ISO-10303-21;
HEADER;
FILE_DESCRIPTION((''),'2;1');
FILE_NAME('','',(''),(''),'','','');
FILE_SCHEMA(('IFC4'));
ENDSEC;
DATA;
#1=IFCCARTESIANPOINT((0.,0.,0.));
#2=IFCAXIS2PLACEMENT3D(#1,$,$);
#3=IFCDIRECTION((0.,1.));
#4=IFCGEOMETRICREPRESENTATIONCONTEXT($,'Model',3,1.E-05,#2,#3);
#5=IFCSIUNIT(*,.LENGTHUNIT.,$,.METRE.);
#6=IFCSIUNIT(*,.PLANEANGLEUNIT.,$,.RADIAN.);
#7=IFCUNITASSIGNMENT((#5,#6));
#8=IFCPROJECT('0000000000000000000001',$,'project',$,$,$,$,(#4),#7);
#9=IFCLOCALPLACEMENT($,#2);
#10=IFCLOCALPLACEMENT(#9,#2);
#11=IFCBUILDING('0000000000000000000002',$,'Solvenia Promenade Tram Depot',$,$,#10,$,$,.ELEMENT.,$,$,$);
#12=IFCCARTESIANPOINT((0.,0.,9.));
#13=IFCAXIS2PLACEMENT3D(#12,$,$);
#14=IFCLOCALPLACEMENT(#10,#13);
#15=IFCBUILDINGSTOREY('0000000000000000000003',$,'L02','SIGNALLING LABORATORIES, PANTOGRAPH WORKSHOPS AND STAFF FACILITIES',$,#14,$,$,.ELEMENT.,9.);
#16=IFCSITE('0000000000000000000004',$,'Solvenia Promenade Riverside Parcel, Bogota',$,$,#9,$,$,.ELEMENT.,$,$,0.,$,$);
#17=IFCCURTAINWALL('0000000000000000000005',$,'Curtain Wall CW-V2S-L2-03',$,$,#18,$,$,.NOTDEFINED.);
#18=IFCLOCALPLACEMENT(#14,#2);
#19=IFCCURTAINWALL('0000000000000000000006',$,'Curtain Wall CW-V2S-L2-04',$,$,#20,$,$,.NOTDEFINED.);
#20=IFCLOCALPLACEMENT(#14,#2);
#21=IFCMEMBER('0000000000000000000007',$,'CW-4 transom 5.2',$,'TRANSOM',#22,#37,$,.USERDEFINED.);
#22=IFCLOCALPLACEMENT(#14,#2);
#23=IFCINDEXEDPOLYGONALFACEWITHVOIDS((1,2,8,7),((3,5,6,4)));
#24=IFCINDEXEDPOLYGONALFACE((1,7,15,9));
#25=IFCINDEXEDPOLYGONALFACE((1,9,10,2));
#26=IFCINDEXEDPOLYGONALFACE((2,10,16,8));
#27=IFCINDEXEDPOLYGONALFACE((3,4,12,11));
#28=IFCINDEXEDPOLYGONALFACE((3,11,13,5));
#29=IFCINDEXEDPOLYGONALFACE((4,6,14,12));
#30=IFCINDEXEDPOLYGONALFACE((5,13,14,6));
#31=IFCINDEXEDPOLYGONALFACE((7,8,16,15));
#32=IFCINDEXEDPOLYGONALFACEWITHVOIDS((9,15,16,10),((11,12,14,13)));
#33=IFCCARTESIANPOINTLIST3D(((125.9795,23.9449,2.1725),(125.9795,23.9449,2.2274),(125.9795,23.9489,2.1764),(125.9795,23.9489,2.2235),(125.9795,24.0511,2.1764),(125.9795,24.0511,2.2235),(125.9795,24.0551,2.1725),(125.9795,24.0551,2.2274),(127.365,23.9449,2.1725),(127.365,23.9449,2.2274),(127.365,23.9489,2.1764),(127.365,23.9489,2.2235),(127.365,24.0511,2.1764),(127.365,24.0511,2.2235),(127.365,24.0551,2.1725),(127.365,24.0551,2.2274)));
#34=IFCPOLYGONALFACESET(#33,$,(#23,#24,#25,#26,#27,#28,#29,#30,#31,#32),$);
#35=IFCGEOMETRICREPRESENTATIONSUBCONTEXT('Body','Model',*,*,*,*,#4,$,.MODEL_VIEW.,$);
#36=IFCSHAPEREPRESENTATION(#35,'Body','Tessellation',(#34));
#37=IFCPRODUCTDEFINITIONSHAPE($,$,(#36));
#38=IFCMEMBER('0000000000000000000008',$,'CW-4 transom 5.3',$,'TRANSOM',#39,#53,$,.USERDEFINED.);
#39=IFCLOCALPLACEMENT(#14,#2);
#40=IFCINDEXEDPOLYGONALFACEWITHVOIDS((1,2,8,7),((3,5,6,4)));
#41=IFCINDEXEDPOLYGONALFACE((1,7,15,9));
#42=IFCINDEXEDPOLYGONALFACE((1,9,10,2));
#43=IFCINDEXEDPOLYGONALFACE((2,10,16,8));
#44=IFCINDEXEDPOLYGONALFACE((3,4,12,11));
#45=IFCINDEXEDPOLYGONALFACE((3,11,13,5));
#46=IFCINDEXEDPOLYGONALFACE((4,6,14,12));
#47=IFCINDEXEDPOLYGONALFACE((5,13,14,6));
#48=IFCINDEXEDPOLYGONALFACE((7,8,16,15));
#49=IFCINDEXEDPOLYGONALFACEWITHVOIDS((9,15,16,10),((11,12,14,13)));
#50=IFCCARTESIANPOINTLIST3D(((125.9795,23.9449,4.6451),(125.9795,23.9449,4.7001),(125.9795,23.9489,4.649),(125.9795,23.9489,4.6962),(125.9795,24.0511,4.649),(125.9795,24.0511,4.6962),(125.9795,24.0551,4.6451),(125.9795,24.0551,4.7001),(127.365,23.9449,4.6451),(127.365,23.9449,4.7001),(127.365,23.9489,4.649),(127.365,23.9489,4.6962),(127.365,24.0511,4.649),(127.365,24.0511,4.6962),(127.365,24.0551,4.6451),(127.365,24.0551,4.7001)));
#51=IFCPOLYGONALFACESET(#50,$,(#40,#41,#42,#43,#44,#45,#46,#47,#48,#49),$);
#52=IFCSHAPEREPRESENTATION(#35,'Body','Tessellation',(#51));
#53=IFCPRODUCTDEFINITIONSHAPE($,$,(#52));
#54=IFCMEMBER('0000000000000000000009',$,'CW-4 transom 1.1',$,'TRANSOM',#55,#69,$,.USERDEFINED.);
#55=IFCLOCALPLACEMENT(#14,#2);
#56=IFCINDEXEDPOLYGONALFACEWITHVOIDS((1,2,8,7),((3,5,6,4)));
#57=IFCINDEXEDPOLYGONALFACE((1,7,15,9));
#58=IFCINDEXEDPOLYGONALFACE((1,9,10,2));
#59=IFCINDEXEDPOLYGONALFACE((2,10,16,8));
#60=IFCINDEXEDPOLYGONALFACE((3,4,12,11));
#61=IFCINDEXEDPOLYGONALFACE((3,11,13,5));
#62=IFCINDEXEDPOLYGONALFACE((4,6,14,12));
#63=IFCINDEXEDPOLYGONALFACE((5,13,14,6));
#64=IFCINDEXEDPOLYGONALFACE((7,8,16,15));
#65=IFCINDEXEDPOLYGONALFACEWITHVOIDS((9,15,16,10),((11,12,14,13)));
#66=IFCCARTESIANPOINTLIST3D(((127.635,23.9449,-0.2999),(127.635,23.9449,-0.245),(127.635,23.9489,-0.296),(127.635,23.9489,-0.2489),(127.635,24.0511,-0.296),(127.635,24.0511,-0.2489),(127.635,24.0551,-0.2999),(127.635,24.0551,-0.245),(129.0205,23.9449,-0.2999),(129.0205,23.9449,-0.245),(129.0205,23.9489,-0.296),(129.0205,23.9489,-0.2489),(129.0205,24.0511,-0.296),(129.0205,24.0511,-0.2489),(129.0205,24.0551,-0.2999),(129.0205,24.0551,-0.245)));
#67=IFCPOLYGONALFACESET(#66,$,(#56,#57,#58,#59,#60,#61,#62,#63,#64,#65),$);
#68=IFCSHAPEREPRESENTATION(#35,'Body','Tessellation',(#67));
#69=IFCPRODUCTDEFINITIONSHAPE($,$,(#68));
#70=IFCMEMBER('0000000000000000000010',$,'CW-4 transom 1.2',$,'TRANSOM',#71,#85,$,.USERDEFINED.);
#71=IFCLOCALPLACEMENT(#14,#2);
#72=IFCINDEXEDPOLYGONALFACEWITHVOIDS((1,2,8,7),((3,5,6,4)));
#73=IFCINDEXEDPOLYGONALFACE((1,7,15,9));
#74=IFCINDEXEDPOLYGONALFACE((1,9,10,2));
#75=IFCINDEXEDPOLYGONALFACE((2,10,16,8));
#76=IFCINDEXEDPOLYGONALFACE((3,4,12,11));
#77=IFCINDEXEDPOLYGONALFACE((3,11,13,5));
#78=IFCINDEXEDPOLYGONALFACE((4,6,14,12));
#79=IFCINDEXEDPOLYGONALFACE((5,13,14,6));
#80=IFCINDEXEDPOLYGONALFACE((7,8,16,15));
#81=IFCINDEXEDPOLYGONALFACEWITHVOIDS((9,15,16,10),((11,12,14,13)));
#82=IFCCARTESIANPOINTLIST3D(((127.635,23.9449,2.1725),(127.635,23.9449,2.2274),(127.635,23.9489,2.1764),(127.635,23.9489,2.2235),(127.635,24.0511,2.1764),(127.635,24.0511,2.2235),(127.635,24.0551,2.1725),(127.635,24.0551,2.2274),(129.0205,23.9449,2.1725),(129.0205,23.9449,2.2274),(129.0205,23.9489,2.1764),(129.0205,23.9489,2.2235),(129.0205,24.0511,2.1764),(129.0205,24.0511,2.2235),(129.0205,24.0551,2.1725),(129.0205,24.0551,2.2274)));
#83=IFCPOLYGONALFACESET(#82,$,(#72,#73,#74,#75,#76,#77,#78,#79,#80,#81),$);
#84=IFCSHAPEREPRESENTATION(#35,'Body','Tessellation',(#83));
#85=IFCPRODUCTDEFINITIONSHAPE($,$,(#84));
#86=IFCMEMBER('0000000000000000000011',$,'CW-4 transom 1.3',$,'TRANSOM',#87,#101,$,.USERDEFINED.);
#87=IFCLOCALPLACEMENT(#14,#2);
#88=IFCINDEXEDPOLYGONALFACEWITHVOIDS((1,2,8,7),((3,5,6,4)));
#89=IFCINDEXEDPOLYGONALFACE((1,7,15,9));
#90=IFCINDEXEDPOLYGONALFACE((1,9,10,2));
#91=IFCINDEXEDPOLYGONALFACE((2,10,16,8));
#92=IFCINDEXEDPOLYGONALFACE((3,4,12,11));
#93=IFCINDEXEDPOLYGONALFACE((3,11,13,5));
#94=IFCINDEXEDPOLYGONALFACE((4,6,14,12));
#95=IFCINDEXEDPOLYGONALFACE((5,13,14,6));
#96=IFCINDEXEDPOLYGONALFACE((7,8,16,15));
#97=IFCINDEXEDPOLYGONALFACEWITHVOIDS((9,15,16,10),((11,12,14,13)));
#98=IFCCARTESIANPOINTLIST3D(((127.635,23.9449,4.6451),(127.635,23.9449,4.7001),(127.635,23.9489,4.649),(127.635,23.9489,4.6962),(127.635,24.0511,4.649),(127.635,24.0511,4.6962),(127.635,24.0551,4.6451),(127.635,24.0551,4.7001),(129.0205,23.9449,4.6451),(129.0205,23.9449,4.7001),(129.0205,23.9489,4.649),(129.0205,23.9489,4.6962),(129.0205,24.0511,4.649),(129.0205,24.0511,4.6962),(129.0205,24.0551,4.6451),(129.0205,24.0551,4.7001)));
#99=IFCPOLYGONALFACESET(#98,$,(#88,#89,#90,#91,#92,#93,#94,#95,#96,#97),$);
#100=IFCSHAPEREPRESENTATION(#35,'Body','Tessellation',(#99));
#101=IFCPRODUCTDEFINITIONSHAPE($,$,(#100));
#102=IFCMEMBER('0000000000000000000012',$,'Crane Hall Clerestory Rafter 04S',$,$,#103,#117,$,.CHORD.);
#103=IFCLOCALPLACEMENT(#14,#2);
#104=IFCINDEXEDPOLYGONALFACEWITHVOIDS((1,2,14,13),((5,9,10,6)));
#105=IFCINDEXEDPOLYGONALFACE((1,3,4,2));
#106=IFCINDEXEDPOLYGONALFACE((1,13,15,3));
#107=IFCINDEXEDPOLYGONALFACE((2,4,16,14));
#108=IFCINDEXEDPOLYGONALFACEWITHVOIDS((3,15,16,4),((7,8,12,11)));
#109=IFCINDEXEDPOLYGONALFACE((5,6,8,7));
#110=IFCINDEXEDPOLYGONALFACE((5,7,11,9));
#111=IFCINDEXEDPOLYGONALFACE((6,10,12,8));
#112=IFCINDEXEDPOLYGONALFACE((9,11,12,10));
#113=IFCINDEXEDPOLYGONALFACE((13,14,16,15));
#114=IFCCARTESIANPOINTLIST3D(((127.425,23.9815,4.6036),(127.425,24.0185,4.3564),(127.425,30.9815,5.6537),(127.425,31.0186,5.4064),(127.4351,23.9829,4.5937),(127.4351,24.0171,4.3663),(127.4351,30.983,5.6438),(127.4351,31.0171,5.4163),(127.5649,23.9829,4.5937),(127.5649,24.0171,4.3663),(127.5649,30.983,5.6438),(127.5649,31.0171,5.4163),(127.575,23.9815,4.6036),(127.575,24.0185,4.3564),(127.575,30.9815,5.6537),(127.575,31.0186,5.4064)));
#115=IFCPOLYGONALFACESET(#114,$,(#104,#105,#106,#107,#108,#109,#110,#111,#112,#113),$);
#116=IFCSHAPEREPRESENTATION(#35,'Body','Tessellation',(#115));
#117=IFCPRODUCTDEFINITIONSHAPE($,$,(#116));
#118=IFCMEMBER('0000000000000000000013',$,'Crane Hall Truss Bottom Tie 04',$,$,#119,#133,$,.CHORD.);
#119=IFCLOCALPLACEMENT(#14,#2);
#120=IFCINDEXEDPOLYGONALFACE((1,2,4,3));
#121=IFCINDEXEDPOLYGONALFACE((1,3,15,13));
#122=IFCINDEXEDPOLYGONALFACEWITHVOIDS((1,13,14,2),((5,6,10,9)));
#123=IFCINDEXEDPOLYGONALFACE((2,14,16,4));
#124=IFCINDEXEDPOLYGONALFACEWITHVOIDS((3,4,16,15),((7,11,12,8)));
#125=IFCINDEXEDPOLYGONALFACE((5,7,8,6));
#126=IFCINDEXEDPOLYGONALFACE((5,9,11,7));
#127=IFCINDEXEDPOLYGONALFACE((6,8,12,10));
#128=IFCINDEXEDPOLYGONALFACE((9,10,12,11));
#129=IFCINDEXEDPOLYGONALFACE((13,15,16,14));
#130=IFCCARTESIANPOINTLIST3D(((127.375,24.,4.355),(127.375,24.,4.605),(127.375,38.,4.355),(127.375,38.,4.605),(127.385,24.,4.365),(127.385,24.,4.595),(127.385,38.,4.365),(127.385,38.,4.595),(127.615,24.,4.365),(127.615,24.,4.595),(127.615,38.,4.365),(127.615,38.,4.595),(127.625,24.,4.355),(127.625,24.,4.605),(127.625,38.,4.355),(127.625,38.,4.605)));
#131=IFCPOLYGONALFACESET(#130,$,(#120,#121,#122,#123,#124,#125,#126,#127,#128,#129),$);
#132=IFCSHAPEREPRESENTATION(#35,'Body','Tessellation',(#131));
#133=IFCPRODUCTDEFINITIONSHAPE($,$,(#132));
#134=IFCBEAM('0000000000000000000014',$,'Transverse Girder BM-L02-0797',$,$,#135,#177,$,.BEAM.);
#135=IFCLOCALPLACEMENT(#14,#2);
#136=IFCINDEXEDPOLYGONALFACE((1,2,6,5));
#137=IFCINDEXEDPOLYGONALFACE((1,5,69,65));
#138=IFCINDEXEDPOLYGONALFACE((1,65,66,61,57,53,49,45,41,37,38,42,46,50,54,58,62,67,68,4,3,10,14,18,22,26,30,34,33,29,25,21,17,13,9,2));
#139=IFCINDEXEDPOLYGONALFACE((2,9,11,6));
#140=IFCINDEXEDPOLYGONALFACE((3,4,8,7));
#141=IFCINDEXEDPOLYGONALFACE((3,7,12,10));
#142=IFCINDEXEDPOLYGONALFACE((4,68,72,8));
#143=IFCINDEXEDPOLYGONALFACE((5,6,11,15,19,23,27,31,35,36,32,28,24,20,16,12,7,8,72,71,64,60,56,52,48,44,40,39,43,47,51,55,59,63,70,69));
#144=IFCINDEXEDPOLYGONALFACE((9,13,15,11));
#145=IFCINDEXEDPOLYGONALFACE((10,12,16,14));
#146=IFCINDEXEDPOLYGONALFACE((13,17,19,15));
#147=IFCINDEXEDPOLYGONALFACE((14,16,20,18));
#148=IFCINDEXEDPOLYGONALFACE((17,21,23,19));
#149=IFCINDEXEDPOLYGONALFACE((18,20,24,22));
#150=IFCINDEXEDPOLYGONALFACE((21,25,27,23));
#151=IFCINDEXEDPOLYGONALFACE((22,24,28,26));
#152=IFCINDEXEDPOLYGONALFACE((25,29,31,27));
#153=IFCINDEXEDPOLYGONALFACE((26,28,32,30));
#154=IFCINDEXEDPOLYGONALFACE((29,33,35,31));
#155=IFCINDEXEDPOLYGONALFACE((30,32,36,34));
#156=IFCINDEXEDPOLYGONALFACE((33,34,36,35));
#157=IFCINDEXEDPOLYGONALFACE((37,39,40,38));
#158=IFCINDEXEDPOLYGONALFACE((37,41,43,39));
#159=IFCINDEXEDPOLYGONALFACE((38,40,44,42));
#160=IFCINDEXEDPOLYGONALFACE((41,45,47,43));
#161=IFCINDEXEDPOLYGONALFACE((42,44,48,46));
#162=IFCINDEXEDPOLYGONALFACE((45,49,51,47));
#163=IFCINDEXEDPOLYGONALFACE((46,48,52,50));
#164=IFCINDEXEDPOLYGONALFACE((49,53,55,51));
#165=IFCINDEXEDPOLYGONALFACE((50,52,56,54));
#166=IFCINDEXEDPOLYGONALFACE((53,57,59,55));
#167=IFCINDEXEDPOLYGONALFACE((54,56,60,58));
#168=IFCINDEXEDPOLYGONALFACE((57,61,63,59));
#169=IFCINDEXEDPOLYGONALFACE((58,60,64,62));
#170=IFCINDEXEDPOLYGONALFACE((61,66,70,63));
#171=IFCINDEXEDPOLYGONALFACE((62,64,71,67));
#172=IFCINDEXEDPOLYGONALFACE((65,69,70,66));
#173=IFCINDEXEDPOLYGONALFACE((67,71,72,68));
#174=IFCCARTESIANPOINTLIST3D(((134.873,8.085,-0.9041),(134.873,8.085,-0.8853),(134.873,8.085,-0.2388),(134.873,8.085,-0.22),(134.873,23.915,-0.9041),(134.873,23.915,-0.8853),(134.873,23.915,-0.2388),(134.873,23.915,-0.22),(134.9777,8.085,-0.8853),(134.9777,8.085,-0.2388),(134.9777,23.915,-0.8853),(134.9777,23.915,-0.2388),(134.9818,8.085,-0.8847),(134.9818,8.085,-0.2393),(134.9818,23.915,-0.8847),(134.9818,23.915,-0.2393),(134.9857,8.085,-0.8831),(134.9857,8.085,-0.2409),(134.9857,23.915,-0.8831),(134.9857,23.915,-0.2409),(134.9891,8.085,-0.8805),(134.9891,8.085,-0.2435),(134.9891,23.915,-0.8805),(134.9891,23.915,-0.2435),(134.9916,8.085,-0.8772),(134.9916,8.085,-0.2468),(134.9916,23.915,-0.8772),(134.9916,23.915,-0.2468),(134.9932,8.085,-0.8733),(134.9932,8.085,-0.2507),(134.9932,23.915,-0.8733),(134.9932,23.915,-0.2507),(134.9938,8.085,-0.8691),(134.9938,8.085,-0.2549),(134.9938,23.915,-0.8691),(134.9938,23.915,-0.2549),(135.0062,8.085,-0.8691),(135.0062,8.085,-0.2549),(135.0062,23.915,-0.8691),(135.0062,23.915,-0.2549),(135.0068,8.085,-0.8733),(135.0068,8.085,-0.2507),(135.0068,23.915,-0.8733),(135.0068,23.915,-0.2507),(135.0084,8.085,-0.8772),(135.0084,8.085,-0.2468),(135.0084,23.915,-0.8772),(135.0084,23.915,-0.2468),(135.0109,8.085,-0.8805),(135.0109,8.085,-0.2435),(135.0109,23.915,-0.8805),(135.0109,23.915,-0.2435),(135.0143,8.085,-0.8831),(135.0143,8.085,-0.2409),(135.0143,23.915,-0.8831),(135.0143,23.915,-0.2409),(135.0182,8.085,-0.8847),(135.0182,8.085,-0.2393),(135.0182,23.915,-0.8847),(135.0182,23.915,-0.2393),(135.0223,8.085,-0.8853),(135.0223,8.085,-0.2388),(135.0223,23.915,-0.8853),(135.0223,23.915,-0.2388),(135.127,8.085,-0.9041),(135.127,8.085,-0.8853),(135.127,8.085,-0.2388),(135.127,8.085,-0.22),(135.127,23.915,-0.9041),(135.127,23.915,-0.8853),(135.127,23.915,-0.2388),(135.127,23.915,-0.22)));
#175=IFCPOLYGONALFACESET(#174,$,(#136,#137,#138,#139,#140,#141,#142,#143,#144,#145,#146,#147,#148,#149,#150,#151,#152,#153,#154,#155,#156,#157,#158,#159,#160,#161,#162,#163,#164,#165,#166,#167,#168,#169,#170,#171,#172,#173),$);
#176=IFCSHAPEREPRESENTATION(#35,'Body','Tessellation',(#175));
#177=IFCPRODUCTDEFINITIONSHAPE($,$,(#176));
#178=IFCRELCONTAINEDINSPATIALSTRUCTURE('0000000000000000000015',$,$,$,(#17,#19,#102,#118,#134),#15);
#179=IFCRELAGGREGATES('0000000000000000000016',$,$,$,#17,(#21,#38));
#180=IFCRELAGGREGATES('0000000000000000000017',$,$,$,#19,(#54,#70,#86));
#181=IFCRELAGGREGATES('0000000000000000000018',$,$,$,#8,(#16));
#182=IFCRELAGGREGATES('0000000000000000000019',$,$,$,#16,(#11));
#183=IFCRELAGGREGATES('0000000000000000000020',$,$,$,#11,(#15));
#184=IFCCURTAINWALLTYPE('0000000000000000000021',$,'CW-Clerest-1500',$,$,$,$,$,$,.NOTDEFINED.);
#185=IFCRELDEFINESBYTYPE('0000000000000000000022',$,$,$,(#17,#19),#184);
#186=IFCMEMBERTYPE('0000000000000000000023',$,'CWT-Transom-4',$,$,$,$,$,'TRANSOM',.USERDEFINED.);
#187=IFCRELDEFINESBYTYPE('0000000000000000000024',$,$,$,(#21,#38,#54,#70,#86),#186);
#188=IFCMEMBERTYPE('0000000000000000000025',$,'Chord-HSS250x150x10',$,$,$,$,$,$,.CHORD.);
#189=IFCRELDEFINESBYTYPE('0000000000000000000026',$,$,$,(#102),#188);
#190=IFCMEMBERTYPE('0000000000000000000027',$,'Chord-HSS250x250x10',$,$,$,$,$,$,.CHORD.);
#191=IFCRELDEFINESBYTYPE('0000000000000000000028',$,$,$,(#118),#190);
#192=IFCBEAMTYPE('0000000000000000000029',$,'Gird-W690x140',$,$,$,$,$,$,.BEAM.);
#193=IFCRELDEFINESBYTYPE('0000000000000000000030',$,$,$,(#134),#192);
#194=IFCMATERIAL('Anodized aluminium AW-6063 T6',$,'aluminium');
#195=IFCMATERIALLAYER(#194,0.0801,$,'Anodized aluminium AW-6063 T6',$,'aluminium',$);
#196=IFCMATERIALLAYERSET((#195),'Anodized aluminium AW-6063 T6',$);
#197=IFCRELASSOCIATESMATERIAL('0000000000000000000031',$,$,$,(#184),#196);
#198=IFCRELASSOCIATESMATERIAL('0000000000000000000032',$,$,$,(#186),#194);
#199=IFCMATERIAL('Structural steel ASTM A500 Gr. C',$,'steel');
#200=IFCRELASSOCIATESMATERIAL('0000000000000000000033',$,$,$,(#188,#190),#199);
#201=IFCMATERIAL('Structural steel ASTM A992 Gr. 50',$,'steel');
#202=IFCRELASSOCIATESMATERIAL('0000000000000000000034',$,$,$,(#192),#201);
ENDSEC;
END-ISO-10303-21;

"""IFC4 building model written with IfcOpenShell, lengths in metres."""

from ifc_helpers import new_model, si_unit, direction, frame, origin, origin_2d, place, context, subcontext, project, spatial, hollow_rectangle, i_section, extrude, material, layer, layer_set, material_profile, profile_set, type_object, element, aggregate, save


model = new_model("IFC4")

# Units and contexts
model_context = context("Model", 3, precision=1e-05, world=origin(), true_north=direction((0.0, 1.0)))
body_context = subcontext(model_context, "Body", "Model", "MODEL_VIEW")
ifc_project = project(units=[si_unit("LENGTHUNIT", "METRE"), si_unit("PLANEANGLEUNIT", "RADIAN")], contexts=[model_context])

# Site, building, storey
site_placement = place(None, origin())
site = spatial("IfcSite", under=ifc_project, at=site_placement, Name="Solvenia Promenade Riverside Parcel, Bogota", CompositionType="ELEMENT", RefElevation=0.0)
building_placement = place(site_placement, origin())
building = spatial("IfcBuilding", under=site, at=building_placement, Name="Solvenia Promenade Tram Depot", CompositionType="ELEMENT")
storey_placement = place(building_placement, frame((0.0, 0.0, 9.0)))
storey = spatial("IfcBuildingStorey", under=building, at=storey_placement, Name="L02", Description="SIGNALLING LABORATORIES, PANTOGRAPH WORKSHOPS AND STAFF FACILITIES", CompositionType="ELEMENT", Elevation=9.0)

# Shared definitions
ifc_material_1 = material(Name="Structural steel ASTM A992 Gr. 50", Category="steel")

# Curtain wall
ifc_material_2 = material(Name="Anodized aluminium AW-6063 T6", Category="aluminium")
ifc_layer_1 = layer(ifc_material_2, 0.0801, Name="Anodized aluminium AW-6063 T6", Category="aluminium")
ifc_layer_set_1 = layer_set([ifc_layer_1], Name="Anodized aluminium AW-6063 T6")
curtain_wall_type = type_object("IfcCurtainWallType", Name="CW-Clerest-1500", PredefinedType="NOTDEFINED", material=ifc_layer_set_1)
curtain_wall_1_placement = place(storey_placement, origin())
curtain_wall_1 = element("IfcCurtainWall", 1, at=curtain_wall_1_placement, inside=storey, type_object=curtain_wall_type, Name="Curtain Wall CW-V2S-L2-03", PredefinedType="NOTDEFINED")

# Curtain wall
curtain_wall_2_placement = place(storey_placement, origin())
curtain_wall_2 = element("IfcCurtainWall", 2, at=curtain_wall_2_placement, inside=storey, type_object=curtain_wall_type, Name="Curtain Wall CW-V2S-L2-04", PredefinedType="NOTDEFINED")

# Members
ifc_material_profile_1 = material_profile(ifc_material_2, hollow_rectangle(XDim=0.1101, YDim=0.0549, WallThickness=0.0039, at=origin_2d()), Name="ALU-T4", Category="aluminium")
ifc_profile_set_1 = profile_set([ifc_material_profile_1], Name="Anodized aluminium AW-6063 T6")
member_type_1 = type_object("IfcMemberType", Name="CWT-Transom-4", ElementType="TRANSOM", PredefinedType="USERDEFINED", material=ifc_profile_set_1)
member_1_placement = place(storey_placement, frame((125.9795, 24.0, 2.2), z_axis=(1.0, 0.0, 0.0), x_axis=(0.0, 1.0, 0.0)))
member_1 = element("IfcMember", 3, at=member_1_placement, type_object=member_type_1, Name="CW-4 transom 5.2", ObjectType="TRANSOM", PredefinedType="USERDEFINED", context=body_context, shape_type="SweptSolid", body=[
    extrude(hollow_rectangle(XDim=0.1101, YDim=0.0549, WallThickness=0.0039, at=origin_2d()), origin(), (0.0, 0.0, 1.0), 1.3855),
])
member_2_placement = place(storey_placement, frame((125.9795, 24.0, 4.6726), z_axis=(1.0, 0.0, 0.0), x_axis=(0.0, 1.0, 0.0)))
member_2 = element("IfcMember", 4, at=member_2_placement, type_object=member_type_1, Name="CW-4 transom 5.3", ObjectType="TRANSOM", PredefinedType="USERDEFINED", context=body_context, shape_type="SweptSolid", body=[
    extrude(hollow_rectangle(XDim=0.1101, YDim=0.0549, WallThickness=0.0039, at=origin_2d()), origin(), (0.0, 0.0, 1.0), 1.3855),
])
member_3_placement = place(storey_placement, frame((127.635, 24.0, -0.2725), z_axis=(1.0, 0.0, 0.0), x_axis=(0.0, 1.0, 0.0)))
member_3 = element("IfcMember", 5, at=member_3_placement, type_object=member_type_1, Name="CW-4 transom 1.1", ObjectType="TRANSOM", PredefinedType="USERDEFINED", context=body_context, shape_type="SweptSolid", body=[
    extrude(hollow_rectangle(XDim=0.1101, YDim=0.0549, WallThickness=0.0039, at=origin_2d()), origin(), (0.0, 0.0, 1.0), 1.3855),
])
member_4_placement = place(storey_placement, frame((127.635, 24.0, 2.2), z_axis=(1.0, 0.0, 0.0), x_axis=(0.0, 1.0, 0.0)))
member_4 = element("IfcMember", 6, at=member_4_placement, type_object=member_type_1, Name="CW-4 transom 1.2", ObjectType="TRANSOM", PredefinedType="USERDEFINED", context=body_context, shape_type="SweptSolid", body=[
    extrude(hollow_rectangle(XDim=0.1101, YDim=0.0549, WallThickness=0.0039, at=origin_2d()), origin(), (0.0, 0.0, 1.0), 1.3855),
])
member_5_placement = place(storey_placement, frame((127.635, 24.0, 4.6726), z_axis=(1.0, 0.0, 0.0), x_axis=(0.0, 1.0, 0.0)))
member_5 = element("IfcMember", 7, at=member_5_placement, type_object=member_type_1, Name="CW-4 transom 1.3", ObjectType="TRANSOM", PredefinedType="USERDEFINED", context=body_context, shape_type="SweptSolid", body=[
    extrude(hollow_rectangle(XDim=0.1101, YDim=0.0549, WallThickness=0.0039, at=origin_2d()), origin(), (0.0, 0.0, 1.0), 1.3855),
])

# Members
ifc_material_3 = material(Name="Structural steel ASTM A500 Gr. C", Category="steel")
ifc_material_profile_2 = material_profile(ifc_material_3, hollow_rectangle(XDim=0.1499, YDim=0.25, WallThickness=0.01, at=origin_2d()), Name="HSS250x150x10", Category="steel")
ifc_profile_set_2 = profile_set([ifc_material_profile_2], Name="Structural steel ASTM A500 Gr. C")
member_type_2 = type_object("IfcMemberType", Name="Chord-HSS250x150x10", PredefinedType="CHORD", material=ifc_profile_set_2)
member_6_placement = place(storey_placement, frame((127.5, 24.0, 4.48), z_axis=(0.0, 0.988935, 0.148347), x_axis=(-1.0, 0.0, 0.0)))
element("IfcMember", 8, at=member_6_placement, inside=storey, type_object=member_type_2, Name="Crane Hall Clerestory Rafter 04S", PredefinedType="CHORD", context=body_context, shape_type="SweptSolid", body=[
    extrude(hollow_rectangle(XDim=0.1499, YDim=0.25, WallThickness=0.01, at=origin_2d()), origin(), (0.0, 0.0, 1.0), 7.0784),
])
ifc_material_profile_3 = material_profile(ifc_material_3, hollow_rectangle(XDim=0.25, YDim=0.25, WallThickness=0.01, at=origin_2d()), Name="HSS250x250x10", Category="steel")
ifc_profile_set_3 = profile_set([ifc_material_profile_3], Name="Structural steel ASTM A500 Gr. C")
member_type_3 = type_object("IfcMemberType", Name="Chord-HSS250x250x10", PredefinedType="CHORD", material=ifc_profile_set_3)
member_7_placement = place(storey_placement, frame((127.5, 24.0, 4.48), z_axis=(0.0, 1.0, 0.0), x_axis=(-1.0, 0.0, 0.0)))
element("IfcMember", 9, at=member_7_placement, inside=storey, type_object=member_type_3, Name="Crane Hall Truss Bottom Tie 04", PredefinedType="CHORD", context=body_context, shape_type="SweptSolid", body=[
    extrude(hollow_rectangle(XDim=0.25, YDim=0.25, WallThickness=0.01, at=origin_2d()), origin(), (0.0, 0.0, 1.0), 14.0),
])

# Beam
ifc_material_profile_4 = material_profile(ifc_material_1, i_section(OverallWidth=0.2539, OverallDepth=0.6841, WebThickness=0.0125, FlangeThickness=0.0188, FilletRadius=0.0161, at=origin_2d()), Name="W690x140", Category="steel")
ifc_profile_set_4 = profile_set([ifc_material_profile_4], Name="Structural steel ASTM A992 Gr. 50")
beam_type_1 = type_object("IfcBeamType", Name="Gird-W690x140", PredefinedType="BEAM", material=ifc_profile_set_4)
beam_placement = place(storey_placement, frame((135.0, 8.085, -0.562), z_axis=(0.0, 1.0, 0.0), x_axis=(-1.0, 0.0, 0.0)))
element("IfcBeam", 10, at=beam_placement, inside=storey, type_object=beam_type_1, Name="Transverse Girder BM-L02-0797", PredefinedType="BEAM", context=body_context, shape_type="SweptSolid", body=[
    extrude(i_section(OverallWidth=0.2539, OverallDepth=0.6841, WebThickness=0.0125, FlangeThickness=0.0188, FilletRadius=0.0161, at=origin_2d()), origin(), (0.0, 0.0, 1.0), 15.8301),
])

aggregate(curtain_wall_1, [member_1, member_2])
aggregate(curtain_wall_2, [member_3, member_4, member_5])

save(model, "model.ifc")
